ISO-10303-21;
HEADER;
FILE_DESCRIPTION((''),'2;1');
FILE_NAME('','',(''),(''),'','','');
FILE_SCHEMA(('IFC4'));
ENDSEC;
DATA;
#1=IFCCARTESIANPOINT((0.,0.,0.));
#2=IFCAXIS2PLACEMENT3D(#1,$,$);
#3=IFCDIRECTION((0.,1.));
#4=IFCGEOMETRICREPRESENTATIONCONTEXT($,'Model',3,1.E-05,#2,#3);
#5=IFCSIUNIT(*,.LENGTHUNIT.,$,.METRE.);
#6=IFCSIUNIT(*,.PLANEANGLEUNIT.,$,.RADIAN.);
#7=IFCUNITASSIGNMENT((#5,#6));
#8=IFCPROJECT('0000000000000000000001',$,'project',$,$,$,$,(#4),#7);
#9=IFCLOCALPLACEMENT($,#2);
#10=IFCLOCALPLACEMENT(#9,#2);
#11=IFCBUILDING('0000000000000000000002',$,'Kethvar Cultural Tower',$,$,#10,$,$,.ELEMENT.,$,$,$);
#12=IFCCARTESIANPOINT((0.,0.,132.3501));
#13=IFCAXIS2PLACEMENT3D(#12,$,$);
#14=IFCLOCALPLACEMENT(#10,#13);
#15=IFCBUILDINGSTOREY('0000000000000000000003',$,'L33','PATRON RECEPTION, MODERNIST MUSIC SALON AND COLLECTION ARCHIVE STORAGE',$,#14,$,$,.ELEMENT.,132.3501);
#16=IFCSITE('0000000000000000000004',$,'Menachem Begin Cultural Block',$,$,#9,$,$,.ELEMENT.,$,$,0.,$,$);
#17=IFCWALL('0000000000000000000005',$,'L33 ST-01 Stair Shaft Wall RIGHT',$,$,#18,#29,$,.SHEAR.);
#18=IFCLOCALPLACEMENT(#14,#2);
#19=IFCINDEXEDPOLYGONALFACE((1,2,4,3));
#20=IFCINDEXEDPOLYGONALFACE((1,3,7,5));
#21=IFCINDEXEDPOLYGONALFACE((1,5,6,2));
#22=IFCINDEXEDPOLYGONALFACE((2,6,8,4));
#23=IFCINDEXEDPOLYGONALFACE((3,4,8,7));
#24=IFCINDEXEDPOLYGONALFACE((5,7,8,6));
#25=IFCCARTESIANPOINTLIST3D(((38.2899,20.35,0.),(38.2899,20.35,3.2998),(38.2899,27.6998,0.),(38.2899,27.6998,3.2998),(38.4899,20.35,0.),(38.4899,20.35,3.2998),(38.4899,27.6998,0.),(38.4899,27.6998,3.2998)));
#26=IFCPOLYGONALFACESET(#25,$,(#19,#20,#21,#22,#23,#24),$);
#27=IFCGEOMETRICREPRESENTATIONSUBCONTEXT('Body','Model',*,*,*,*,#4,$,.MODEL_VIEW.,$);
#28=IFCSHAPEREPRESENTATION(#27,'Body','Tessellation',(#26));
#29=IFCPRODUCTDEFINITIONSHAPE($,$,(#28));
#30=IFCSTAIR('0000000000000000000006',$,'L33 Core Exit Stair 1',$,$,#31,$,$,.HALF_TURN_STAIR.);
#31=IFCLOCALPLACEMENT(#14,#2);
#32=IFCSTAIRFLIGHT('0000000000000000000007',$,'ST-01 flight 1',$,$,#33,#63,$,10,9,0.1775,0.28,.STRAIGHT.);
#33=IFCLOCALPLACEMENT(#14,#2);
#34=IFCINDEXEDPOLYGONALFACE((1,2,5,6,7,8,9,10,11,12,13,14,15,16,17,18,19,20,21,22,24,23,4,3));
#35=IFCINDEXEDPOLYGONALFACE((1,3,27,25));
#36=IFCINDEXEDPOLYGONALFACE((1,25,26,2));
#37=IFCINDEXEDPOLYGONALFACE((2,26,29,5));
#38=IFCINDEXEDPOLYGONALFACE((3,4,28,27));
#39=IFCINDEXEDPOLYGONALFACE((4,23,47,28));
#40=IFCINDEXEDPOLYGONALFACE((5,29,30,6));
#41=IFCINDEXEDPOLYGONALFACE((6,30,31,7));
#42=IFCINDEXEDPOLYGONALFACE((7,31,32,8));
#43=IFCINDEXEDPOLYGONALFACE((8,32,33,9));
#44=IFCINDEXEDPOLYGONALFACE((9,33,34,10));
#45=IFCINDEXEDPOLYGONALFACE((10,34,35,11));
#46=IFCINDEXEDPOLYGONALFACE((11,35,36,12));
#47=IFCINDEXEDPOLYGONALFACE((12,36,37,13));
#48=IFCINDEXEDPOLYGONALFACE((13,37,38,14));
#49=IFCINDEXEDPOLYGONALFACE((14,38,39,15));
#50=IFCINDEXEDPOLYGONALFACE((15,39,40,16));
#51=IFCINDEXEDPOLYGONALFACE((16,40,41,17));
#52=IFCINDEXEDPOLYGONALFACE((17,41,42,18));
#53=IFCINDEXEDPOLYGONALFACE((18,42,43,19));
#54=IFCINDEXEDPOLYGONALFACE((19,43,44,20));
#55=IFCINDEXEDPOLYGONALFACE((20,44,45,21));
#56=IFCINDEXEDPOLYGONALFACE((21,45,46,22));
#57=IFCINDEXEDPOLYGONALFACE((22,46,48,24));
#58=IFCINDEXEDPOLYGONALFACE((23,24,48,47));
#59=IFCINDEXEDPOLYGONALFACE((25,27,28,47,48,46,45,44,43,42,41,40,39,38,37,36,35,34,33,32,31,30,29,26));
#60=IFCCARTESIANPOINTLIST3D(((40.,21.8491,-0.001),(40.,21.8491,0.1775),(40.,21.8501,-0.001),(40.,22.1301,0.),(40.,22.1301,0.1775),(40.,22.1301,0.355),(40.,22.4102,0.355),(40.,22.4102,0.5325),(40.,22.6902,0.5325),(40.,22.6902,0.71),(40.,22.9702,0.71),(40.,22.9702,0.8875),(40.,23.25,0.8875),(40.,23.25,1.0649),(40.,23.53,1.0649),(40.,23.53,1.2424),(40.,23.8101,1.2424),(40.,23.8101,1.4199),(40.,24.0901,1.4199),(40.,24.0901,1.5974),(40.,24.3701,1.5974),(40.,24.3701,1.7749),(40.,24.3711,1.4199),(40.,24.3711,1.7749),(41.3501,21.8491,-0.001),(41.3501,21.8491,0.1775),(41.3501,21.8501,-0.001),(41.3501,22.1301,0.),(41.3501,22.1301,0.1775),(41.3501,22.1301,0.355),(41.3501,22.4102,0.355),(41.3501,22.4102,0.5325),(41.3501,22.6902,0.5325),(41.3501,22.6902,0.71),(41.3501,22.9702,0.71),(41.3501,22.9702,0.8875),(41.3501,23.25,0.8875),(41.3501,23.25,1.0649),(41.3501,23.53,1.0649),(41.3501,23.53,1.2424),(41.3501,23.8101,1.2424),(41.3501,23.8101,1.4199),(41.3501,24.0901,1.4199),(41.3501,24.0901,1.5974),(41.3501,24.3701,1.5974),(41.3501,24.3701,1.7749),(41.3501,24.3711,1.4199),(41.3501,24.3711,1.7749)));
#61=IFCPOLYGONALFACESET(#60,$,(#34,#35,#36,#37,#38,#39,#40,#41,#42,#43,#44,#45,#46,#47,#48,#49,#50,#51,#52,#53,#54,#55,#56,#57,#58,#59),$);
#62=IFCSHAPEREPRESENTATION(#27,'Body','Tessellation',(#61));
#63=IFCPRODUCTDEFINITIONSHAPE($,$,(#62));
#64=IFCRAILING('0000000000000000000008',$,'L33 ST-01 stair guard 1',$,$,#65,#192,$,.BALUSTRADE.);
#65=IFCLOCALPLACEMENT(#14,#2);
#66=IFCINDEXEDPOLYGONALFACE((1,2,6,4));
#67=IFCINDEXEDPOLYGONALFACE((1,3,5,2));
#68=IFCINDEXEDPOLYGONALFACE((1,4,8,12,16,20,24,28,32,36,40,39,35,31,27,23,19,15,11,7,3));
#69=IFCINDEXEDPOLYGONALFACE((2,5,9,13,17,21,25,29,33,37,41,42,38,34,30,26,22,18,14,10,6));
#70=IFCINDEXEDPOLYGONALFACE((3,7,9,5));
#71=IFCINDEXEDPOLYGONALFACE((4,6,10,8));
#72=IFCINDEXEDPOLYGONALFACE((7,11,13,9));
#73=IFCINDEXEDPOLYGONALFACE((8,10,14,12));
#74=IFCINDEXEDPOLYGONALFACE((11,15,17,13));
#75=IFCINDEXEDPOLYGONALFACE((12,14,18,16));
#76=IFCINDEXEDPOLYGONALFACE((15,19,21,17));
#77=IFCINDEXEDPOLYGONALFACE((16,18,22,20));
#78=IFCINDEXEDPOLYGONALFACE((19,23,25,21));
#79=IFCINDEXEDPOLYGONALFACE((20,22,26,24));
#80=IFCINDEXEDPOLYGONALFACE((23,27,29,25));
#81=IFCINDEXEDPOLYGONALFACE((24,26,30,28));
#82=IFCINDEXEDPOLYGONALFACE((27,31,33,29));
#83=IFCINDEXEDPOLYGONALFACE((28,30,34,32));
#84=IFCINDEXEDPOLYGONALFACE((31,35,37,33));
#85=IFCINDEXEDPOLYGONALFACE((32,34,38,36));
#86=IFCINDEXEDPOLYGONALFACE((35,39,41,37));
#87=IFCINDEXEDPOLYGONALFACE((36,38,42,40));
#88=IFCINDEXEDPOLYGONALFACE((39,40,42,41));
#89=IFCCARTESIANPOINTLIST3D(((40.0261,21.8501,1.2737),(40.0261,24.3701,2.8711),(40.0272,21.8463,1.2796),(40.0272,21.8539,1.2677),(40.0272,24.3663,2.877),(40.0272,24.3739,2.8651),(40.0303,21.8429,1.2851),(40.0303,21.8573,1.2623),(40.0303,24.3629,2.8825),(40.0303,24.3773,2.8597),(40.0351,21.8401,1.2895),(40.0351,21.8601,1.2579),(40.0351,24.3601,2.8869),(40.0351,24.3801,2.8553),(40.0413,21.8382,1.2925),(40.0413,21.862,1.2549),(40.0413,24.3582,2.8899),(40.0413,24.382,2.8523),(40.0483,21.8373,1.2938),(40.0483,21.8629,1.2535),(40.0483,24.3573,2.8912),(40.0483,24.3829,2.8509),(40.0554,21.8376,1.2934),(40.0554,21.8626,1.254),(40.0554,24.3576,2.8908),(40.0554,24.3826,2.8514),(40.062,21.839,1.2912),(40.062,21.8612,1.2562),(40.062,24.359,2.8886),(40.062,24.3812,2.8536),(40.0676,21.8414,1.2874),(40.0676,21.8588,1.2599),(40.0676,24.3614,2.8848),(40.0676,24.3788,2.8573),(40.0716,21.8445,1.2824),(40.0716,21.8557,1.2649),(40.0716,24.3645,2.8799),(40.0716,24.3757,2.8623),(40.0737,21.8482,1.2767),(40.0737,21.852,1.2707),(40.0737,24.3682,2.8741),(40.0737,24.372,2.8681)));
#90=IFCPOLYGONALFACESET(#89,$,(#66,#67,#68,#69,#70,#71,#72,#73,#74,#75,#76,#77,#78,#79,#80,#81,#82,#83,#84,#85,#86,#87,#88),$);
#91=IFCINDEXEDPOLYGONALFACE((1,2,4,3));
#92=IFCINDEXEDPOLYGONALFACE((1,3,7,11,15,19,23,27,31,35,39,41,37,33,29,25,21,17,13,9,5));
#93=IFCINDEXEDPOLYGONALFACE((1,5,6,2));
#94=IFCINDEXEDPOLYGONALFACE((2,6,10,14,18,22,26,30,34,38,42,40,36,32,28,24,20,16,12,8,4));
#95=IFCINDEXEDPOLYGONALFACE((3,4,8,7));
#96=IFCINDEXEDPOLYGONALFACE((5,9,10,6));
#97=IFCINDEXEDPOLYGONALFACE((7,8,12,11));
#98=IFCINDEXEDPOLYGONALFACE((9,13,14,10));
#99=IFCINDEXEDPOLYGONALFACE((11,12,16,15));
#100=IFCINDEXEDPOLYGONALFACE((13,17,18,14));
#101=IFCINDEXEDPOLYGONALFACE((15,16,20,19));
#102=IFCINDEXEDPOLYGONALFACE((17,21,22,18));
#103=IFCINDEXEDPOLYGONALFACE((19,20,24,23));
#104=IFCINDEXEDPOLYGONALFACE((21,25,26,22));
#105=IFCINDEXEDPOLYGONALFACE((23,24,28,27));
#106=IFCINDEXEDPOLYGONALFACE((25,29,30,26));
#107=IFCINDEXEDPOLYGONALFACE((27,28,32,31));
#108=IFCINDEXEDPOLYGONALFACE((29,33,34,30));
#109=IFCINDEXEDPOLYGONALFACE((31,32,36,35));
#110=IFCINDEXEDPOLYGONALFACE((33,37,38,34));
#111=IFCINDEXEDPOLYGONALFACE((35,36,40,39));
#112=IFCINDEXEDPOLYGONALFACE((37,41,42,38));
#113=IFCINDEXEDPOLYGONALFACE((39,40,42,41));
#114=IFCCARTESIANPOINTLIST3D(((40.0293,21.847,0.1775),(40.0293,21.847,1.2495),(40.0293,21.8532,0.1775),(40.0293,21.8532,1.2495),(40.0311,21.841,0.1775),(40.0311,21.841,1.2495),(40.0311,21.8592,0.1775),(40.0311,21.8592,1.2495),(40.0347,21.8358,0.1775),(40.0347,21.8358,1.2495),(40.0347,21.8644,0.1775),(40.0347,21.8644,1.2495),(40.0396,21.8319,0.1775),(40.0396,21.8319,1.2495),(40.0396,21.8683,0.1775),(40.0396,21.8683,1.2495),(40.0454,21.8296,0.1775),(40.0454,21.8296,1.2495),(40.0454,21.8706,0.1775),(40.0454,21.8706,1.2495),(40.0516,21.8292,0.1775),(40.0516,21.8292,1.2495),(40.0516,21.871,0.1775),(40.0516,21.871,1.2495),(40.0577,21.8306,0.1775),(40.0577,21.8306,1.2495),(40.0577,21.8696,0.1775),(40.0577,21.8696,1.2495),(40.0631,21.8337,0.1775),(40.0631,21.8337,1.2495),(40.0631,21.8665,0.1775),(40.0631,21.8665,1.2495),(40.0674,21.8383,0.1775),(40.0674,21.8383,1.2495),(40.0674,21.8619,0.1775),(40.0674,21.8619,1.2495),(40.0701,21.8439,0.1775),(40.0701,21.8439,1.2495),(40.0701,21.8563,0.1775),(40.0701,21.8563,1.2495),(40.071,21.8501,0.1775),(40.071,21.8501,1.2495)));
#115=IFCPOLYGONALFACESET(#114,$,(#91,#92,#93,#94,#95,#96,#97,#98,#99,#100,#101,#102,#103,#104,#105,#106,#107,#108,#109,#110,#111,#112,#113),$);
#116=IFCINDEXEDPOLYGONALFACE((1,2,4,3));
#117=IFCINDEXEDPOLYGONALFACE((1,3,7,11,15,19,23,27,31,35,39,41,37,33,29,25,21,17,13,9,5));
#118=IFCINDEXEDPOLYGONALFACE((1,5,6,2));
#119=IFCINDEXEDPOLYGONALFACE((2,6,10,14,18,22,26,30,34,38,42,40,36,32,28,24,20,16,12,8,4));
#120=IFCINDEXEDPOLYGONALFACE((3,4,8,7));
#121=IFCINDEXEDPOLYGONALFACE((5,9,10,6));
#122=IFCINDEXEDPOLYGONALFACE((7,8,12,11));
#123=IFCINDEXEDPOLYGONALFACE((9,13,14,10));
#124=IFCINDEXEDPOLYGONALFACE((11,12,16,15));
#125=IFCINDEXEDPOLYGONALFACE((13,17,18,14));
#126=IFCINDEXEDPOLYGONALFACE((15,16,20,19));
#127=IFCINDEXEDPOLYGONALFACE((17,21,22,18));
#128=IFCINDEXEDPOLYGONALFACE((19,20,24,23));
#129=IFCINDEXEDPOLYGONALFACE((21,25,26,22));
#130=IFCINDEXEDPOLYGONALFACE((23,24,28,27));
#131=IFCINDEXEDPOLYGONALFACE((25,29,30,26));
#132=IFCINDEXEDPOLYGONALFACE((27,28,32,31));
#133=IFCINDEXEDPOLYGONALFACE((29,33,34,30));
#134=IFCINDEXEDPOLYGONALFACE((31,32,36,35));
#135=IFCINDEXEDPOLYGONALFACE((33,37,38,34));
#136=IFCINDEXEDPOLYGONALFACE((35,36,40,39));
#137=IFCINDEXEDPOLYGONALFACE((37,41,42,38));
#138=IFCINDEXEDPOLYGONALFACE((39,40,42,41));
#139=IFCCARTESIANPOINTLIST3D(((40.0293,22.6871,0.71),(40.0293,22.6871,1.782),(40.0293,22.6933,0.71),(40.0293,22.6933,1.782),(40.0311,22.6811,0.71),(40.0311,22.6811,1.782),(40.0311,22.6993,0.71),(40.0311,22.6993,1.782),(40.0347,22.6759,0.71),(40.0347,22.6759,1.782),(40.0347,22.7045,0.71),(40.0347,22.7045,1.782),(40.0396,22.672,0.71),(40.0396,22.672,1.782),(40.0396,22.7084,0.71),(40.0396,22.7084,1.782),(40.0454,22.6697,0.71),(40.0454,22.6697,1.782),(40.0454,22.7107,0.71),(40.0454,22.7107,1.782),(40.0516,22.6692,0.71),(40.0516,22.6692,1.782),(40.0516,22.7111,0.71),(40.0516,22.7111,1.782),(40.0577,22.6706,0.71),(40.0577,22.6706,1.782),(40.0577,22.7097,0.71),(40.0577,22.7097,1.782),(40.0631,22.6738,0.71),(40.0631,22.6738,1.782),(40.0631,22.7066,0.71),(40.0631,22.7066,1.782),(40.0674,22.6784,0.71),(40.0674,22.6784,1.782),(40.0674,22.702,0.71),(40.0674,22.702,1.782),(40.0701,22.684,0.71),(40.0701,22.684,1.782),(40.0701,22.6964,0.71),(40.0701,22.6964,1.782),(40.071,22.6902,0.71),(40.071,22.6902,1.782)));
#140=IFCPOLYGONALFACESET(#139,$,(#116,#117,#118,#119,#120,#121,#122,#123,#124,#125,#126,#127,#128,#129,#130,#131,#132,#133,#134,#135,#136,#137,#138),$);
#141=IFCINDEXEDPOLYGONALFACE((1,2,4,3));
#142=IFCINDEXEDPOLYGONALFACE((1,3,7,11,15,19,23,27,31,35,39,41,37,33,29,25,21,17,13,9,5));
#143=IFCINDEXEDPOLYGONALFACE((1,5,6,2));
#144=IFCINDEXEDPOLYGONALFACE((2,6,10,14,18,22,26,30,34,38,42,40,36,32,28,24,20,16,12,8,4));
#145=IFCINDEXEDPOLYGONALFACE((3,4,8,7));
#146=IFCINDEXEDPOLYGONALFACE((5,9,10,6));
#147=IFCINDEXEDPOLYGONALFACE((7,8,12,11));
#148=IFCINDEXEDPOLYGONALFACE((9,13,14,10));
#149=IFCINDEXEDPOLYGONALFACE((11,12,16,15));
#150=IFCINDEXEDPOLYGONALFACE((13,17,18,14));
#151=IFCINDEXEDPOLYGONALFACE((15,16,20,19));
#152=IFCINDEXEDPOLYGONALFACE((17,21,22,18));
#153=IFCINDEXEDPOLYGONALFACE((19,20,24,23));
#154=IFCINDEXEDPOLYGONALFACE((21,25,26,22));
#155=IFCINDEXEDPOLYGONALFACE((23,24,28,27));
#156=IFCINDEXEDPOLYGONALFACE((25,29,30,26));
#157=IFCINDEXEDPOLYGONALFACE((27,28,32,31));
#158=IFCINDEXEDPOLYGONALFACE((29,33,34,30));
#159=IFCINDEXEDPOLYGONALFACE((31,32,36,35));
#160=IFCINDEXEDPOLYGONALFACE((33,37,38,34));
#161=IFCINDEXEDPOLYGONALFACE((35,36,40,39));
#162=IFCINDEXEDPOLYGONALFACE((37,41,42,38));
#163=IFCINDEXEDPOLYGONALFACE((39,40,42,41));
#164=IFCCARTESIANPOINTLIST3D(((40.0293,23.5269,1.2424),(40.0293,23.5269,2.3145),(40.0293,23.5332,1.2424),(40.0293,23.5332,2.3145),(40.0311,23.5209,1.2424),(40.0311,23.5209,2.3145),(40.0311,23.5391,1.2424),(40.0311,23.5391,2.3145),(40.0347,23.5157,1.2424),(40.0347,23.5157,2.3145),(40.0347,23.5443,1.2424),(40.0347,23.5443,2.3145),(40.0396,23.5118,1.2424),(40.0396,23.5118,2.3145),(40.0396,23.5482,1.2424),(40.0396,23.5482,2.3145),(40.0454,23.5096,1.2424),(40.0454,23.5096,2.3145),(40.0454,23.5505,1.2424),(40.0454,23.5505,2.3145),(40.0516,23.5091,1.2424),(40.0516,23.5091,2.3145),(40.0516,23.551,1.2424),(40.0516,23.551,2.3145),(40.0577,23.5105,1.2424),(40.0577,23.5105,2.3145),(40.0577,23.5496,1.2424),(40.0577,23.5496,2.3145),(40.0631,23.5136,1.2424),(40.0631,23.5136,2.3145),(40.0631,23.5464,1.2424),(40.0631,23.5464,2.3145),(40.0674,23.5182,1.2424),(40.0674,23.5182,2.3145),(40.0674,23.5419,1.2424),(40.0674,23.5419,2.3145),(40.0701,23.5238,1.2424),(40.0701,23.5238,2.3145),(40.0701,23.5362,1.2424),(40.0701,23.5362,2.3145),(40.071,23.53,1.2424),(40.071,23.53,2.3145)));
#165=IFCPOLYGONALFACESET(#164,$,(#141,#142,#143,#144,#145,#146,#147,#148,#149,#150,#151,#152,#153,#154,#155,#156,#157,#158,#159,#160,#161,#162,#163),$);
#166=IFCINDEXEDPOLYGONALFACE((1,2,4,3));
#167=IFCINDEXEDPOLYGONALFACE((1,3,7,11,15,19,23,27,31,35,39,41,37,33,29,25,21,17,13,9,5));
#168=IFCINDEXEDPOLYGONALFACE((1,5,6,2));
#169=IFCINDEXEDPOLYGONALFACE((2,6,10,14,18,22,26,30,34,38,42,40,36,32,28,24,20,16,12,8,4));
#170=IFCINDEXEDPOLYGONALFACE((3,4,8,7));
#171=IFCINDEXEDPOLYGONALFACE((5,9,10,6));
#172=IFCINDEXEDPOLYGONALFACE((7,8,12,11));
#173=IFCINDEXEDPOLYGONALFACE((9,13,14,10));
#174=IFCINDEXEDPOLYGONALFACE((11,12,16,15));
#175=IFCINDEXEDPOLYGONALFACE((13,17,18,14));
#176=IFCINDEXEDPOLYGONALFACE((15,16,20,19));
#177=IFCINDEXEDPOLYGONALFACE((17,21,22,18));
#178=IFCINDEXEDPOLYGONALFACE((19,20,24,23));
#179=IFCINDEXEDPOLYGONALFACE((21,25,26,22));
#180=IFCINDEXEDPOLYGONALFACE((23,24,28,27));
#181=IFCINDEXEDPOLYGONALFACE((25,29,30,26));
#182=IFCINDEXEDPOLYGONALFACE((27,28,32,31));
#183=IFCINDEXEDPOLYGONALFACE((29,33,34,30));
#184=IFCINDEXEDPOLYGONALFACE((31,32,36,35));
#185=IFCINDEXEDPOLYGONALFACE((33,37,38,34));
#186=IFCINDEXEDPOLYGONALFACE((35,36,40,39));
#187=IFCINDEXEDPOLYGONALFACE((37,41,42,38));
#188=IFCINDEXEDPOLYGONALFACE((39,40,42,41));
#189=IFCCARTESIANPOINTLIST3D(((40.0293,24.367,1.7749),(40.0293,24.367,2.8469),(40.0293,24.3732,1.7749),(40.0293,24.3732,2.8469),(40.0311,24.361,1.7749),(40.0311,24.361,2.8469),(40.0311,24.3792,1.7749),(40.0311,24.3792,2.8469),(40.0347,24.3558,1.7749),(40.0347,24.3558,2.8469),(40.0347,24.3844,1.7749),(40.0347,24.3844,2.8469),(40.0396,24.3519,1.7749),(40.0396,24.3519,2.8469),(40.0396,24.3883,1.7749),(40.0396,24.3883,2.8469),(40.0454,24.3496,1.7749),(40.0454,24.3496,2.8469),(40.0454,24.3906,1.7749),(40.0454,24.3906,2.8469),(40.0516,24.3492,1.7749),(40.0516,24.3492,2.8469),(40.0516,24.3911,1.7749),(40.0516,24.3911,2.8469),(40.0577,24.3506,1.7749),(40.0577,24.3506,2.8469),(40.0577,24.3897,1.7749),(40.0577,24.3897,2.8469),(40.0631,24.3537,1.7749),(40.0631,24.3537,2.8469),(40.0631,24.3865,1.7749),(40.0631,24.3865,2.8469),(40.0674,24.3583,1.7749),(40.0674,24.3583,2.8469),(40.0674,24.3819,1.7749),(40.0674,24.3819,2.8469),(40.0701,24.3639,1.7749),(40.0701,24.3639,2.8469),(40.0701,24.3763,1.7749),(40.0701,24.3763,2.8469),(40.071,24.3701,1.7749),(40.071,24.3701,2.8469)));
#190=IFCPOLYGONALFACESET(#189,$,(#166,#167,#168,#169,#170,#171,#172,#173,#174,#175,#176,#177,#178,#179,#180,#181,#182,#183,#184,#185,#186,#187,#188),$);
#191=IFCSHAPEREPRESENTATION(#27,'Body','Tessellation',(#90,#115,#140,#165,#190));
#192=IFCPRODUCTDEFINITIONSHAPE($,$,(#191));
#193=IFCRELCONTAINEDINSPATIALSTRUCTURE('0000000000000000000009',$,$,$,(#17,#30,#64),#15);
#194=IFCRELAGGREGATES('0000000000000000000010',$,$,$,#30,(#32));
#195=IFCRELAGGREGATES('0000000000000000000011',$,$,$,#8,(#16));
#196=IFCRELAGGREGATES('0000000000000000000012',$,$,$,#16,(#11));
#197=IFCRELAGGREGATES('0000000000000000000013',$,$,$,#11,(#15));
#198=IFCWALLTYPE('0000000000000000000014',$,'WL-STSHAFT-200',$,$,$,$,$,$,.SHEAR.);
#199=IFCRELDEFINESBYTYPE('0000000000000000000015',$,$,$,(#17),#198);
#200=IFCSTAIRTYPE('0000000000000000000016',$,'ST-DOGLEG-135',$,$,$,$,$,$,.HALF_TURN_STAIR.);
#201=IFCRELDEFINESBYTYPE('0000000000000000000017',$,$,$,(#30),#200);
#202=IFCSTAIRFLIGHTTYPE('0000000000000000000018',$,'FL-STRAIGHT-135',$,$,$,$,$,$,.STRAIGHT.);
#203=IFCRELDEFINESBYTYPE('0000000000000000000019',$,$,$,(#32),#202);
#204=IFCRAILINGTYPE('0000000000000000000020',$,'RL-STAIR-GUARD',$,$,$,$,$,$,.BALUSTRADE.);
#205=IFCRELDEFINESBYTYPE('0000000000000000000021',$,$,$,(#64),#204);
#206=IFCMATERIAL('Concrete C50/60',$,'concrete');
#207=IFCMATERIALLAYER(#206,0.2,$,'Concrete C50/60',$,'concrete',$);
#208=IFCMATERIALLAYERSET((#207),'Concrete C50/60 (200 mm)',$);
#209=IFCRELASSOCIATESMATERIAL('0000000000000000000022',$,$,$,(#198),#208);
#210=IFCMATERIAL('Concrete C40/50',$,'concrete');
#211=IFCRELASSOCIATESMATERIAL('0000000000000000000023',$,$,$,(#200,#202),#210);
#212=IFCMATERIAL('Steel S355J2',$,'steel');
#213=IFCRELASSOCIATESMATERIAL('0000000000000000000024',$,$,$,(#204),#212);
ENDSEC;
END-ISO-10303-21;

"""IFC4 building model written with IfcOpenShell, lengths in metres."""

from ifc_helpers import new_model, si_unit, direction, frame, frame_2d, origin, origin_2d, place, context, subcontext, project, spatial, polyline, rectangle, circle, outline, extrude, material, layer, layer_set, type_object, element, aggregate, save


model = new_model("IFC4")

# Units and contexts
model_context = context("Model", 3, precision=1e-05, world=origin(), true_north=direction((0.0, 1.0)))
body_context = subcontext(model_context, "Body", "Model", "MODEL_VIEW")
ifc_project = project(units=[si_unit("LENGTHUNIT", "METRE"), si_unit("PLANEANGLEUNIT", "RADIAN")], contexts=[model_context])

# Site, building, storey
site_placement = place(None, origin())
site = spatial("IfcSite", under=ifc_project, at=site_placement, Name="Menachem Begin Cultural Block", CompositionType="ELEMENT", RefElevation=0.0)
building_placement = place(site_placement, origin())
building = spatial("IfcBuilding", under=site, at=building_placement, Name="Kethvar Cultural Tower", CompositionType="ELEMENT")
storey_placement = place(building_placement, frame((0.0, 0.0, 132.3501)))
storey = spatial("IfcBuildingStorey", under=building, at=storey_placement, Name="L33", Description="PATRON RECEPTION, MODERNIST MUSIC SALON AND COLLECTION ARCHIVE STORAGE", CompositionType="ELEMENT", Elevation=132.3501)

# Shared definitions
ifc_material_1 = material(Name="Steel S355J2", Category="steel")

# Wall
ifc_material_2 = material(Name="Concrete C50/60", Category="concrete")
ifc_layer_1 = layer(ifc_material_2, 0.2, Name="Concrete C50/60", Category="concrete")
ifc_layer_set_1 = layer_set([ifc_layer_1], Name="Concrete C50/60 (200 mm)")
wall_type_1 = type_object("IfcWallType", Name="WL-STSHAFT-200", PredefinedType="SHEAR", material=ifc_layer_set_1)
wall_1_placement = place(storey_placement, frame((38.3899, 20.3501, 0.0), z_axis=(0.0, 0.0, 1.0), x_axis=(0.0, 1.0, 0.0)))
element("IfcWall", 1, at=wall_1_placement, inside=storey, type_object=wall_type_1, Name="L33 ST-01 Stair Shaft Wall RIGHT", PredefinedType="SHEAR", context=body_context, shape_type="SweptSolid", body=[
    extrude(rectangle(XDim=7.3499, YDim=0.2, at=frame_2d((3.6748, 0.0))), origin(), (0.0, 0.0, 1.0), 3.2998),
])

# Stair, stair flight
ifc_material_3 = material(Name="Concrete C40/50", Category="concrete")
stair_type = type_object("IfcStairType", Name="ST-DOGLEG-135", PredefinedType="HALF_TURN_STAIR", material=ifc_material_3)
stair_placement = place(storey_placement, origin())
stair = element("IfcStair", 2, at=stair_placement, inside=storey, type_object=stair_type, Name="L33 Core Exit Stair 1", PredefinedType="HALF_TURN_STAIR")
stair_flight_type = type_object("IfcStairFlightType", Name="FL-STRAIGHT-135", PredefinedType="STRAIGHT", material=ifc_material_3)
stair_flight_placement = place(storey_placement, frame((40.675, 21.8501, 0.0), z_axis=(0.0, 0.0, 1.0), x_axis=(0.0, 1.0, 0.0)))
stair_flight = element("IfcStairFlight", 3, at=stair_flight_placement, type_object=stair_flight_type, Name="ST-01 flight 1", NumberOfRisers=10, NumberOfTreads=9, PredefinedType="STRAIGHT", RiserHeight=0.1775, TreadLength=0.28, context=body_context, shape_type="SweptSolid", body=[
    extrude(outline(polyline([(-0.001, -0.001), (-0.001, 0.1775), (0.28, 0.1775), (0.28, 0.355), (0.5601, 0.355), (0.5601, 0.5325), (0.8401, 0.5325), (0.8401, 0.71), (1.1201, 0.71), (1.1201, 0.8875), (1.3999, 0.8875), (1.3999, 1.0649), (1.6799, 1.0649), (1.6799, 1.2424), (1.96, 1.2424), (1.96, 1.4199), (2.24, 1.4199), (2.24, 1.5974), (2.52, 1.5974), (2.52, 1.7749), (2.521, 1.7749), (2.521, 1.4199), (0.28, 0.0), (0.0, -0.001), (-0.001, -0.001)])), frame((0.0, 0.675, 0.0), z_axis=(0.0, -1.0, 0.0), x_axis=(1.0, 0.0, 0.0)), (0.0, 0.0, 1.0), 1.3501),
])
aggregate(stair, [stair_flight])

# Railing
railing_type_1 = type_object("IfcRailingType", Name="RL-STAIR-GUARD", PredefinedType="BALUSTRADE", material=ifc_material_1)
railing_1_placement = place(storey_placement, frame((40.05, 21.8501, 0.1775)))
element("IfcRailing", 4, at=railing_1_placement, inside=storey, type_object=railing_type_1, Name="L33 ST-01 stair guard 1", PredefinedType="BALUSTRADE", context=body_context, shape_type="SweptSolid", body=[
    extrude(circle(Radius=0.0239, at=origin_2d()), frame((0.0, 0.0, 1.0962), z_axis=(0.0, 0.844607, 0.535387), x_axis=(-1.0, 0.0, 0.0)), (0.0, 0.0, 1.0), 2.9836),
    extrude(circle(Radius=0.021, at=origin_2d()), origin(), (0.0, 0.0, 1.0), 1.072),
    extrude(circle(Radius=0.021, at=origin_2d()), frame((0.0, 0.8401, 0.5325)), (0.0, 0.0, 1.0), 1.072),
    extrude(circle(Radius=0.021, at=origin_2d()), frame((0.0, 1.6799, 1.0649)), (0.0, 0.0, 1.0), 1.072),
    extrude(circle(Radius=0.021, at=origin_2d()), frame((0.0, 2.52, 1.5974)), (0.0, 0.0, 1.0), 1.072),
])

save(model, "model.ifc")
